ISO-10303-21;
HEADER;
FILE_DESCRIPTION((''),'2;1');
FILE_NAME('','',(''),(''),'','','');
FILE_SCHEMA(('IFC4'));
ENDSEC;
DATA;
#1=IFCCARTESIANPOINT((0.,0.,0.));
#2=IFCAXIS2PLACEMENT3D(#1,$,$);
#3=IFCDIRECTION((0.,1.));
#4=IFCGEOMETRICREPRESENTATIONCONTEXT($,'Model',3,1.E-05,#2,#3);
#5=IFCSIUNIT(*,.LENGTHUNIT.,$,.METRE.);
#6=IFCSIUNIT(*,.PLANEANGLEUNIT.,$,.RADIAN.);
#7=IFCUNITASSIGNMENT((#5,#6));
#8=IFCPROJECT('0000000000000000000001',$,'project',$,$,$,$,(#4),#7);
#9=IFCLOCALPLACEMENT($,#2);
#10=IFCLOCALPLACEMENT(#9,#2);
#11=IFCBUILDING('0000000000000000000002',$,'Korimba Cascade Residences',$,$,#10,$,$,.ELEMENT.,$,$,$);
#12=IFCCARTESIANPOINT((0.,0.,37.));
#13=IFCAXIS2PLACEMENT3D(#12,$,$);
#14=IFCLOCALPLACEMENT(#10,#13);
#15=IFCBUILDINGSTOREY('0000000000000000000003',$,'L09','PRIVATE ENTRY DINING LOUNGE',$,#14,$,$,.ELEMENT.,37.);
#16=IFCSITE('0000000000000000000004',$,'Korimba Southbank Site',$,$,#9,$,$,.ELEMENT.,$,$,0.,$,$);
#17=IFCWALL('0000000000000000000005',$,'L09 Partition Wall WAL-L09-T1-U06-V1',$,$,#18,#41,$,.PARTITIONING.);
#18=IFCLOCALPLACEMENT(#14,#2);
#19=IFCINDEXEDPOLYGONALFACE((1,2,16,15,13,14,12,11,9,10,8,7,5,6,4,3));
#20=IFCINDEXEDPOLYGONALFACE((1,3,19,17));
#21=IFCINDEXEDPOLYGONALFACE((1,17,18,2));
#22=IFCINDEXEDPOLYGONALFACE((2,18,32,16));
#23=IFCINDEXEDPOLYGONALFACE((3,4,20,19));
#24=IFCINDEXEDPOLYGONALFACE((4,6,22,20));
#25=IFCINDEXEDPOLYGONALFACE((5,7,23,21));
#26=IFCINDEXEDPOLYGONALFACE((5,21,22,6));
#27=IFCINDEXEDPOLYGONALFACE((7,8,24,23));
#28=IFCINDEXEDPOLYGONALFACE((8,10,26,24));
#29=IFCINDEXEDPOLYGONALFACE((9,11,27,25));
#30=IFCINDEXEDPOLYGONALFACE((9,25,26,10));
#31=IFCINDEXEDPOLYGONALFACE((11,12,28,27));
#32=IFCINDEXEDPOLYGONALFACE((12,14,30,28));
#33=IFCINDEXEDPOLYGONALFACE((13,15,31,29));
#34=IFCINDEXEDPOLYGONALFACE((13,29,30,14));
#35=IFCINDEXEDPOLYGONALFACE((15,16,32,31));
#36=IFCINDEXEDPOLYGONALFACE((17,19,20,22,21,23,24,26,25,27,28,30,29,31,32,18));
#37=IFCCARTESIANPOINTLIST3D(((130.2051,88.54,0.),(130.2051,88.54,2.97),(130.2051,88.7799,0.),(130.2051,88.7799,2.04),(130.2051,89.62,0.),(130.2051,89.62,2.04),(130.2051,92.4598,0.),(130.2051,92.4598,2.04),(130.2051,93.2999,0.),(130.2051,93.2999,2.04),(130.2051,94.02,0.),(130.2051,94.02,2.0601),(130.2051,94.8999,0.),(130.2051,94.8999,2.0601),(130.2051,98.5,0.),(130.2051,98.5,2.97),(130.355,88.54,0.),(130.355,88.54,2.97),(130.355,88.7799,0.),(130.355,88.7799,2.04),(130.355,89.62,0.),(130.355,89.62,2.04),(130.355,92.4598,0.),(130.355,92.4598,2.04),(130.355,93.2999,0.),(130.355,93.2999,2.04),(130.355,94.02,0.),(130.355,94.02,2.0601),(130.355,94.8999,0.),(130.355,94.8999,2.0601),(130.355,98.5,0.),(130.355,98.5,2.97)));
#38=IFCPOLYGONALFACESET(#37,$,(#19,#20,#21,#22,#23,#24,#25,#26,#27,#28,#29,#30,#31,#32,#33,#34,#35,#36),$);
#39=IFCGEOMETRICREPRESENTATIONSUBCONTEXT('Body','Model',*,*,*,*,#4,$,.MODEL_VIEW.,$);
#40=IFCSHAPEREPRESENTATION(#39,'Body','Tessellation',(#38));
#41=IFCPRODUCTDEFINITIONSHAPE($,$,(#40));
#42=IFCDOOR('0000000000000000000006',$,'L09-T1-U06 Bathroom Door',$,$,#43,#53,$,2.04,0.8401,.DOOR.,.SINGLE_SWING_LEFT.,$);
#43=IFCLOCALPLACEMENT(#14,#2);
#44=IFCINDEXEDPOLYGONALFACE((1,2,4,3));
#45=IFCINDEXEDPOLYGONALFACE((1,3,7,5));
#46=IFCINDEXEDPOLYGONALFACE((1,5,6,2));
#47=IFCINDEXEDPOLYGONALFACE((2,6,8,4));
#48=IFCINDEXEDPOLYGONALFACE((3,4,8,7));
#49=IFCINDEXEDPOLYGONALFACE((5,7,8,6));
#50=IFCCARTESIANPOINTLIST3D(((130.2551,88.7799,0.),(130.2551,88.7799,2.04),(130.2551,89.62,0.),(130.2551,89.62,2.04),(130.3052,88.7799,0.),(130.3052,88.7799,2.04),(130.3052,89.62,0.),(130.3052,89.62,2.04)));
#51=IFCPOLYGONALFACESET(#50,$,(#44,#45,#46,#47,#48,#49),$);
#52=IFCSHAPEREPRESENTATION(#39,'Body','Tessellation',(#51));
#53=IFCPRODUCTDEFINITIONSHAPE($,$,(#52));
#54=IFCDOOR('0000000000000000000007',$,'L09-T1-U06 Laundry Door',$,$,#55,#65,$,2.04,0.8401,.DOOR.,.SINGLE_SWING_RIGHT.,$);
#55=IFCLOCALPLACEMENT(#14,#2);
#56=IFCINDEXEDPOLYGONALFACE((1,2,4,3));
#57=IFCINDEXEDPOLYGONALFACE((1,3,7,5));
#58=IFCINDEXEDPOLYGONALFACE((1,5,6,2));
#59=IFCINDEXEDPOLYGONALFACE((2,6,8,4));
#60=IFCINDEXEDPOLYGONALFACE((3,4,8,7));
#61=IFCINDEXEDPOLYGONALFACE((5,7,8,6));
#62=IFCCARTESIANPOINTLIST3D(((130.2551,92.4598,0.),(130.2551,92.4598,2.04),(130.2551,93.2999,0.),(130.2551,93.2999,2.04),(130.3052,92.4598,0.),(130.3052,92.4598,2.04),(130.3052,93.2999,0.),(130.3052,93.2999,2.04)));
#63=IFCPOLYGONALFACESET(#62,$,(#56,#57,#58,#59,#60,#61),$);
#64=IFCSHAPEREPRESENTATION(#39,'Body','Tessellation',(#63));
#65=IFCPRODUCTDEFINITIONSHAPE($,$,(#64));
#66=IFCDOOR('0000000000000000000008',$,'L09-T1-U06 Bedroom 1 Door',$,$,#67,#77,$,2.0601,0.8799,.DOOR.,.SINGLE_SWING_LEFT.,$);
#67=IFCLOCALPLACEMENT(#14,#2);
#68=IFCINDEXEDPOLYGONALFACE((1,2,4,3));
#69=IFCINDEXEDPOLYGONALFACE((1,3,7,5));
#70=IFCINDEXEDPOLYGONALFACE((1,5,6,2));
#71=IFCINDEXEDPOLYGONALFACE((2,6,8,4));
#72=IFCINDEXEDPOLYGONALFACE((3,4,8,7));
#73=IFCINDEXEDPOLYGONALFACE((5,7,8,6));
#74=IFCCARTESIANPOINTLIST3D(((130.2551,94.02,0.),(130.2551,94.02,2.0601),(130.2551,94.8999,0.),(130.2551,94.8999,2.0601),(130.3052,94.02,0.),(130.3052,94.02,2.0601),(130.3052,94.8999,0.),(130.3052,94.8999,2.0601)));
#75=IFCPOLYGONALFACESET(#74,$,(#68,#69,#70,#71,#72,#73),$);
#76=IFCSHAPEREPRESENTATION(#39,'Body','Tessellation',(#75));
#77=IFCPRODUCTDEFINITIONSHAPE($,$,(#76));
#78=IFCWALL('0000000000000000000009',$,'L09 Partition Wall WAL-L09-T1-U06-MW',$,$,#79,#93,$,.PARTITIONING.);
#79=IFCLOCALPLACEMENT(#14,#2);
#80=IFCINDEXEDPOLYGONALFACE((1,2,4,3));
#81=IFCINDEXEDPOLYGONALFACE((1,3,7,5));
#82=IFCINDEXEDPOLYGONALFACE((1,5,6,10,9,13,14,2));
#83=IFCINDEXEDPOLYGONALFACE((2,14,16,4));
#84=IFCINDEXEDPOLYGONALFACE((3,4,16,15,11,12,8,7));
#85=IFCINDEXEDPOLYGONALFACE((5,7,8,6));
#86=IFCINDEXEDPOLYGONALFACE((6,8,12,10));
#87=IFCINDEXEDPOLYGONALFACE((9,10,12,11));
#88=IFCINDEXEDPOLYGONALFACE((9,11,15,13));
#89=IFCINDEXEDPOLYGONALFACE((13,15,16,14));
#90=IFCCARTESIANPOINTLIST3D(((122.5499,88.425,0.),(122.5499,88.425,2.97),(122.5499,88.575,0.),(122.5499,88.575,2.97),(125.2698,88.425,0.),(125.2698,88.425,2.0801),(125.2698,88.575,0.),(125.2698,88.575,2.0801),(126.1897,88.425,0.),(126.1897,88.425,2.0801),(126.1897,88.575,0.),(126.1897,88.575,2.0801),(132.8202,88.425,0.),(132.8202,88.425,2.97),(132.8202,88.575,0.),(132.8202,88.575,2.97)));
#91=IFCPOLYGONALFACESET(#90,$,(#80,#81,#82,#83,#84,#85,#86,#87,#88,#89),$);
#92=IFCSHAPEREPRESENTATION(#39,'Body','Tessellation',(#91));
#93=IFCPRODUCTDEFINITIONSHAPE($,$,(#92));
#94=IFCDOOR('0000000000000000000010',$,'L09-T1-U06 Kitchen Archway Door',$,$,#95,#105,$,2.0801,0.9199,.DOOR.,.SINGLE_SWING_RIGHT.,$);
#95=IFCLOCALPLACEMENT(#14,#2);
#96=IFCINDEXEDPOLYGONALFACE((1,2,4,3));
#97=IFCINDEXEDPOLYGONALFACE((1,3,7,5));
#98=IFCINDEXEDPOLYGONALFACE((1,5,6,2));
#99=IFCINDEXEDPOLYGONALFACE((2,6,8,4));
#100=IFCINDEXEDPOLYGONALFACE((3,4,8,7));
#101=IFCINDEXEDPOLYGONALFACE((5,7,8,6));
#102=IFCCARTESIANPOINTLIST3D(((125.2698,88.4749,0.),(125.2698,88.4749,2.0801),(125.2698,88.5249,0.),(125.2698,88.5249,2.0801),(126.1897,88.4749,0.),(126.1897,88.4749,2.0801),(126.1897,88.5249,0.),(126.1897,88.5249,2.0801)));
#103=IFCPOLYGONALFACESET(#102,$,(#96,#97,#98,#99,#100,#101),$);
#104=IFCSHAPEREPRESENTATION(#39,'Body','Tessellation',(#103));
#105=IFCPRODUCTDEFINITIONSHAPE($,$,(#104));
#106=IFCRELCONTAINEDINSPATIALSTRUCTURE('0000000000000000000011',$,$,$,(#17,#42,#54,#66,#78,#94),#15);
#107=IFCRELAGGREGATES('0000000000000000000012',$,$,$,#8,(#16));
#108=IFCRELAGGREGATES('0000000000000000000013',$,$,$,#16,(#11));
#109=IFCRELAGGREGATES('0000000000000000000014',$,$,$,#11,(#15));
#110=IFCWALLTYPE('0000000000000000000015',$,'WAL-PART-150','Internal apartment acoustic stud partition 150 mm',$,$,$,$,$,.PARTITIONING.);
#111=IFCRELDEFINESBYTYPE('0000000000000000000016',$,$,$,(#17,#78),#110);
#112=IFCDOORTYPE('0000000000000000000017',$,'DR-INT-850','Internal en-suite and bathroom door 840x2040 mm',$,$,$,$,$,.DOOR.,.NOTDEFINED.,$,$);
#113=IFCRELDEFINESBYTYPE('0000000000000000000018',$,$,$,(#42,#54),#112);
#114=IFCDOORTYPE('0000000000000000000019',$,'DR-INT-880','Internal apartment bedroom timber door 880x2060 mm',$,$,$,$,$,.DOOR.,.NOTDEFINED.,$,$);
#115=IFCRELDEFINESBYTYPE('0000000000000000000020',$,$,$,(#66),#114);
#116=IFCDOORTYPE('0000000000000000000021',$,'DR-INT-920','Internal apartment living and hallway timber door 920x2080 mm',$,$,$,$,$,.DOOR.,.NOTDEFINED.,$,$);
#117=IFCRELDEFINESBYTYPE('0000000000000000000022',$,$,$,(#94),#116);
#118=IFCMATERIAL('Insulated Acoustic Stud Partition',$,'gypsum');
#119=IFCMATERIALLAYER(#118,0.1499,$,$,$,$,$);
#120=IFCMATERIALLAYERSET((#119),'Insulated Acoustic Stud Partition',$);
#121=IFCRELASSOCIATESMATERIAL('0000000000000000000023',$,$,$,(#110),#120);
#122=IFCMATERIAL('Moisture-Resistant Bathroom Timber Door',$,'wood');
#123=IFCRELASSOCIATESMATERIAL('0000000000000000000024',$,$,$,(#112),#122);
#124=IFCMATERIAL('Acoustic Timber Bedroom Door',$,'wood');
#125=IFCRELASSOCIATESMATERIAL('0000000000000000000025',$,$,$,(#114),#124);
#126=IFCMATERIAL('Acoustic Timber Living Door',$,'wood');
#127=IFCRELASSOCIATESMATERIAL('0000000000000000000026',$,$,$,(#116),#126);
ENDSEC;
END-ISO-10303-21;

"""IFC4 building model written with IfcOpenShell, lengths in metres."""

from ifc_helpers import new_model, si_unit, direction, frame, frame_2d, origin, place, context, subcontext, project, spatial, rectangle, extrude, material, layer, layer_set, type_object, element, fill, save


model = new_model("IFC4")

# Units and contexts
model_context = context("Model", 3, precision=1e-05, world=origin(), true_north=direction((0.0, 1.0)))
body_context = subcontext(model_context, "Body", "Model", "MODEL_VIEW")
ifc_project = project(units=[si_unit("LENGTHUNIT", "METRE"), si_unit("PLANEANGLEUNIT", "RADIAN")], contexts=[model_context])

# Site, building, storey
site_placement = place(None, origin())
site = spatial("IfcSite", under=ifc_project, at=site_placement, Name="Korimba Southbank Site", CompositionType="ELEMENT", RefElevation=0.0)
building_placement = place(site_placement, origin())
building = spatial("IfcBuilding", under=site, at=building_placement, Name="Korimba Cascade Residences", CompositionType="ELEMENT")
storey_placement = place(building_placement, frame((0.0, 0.0, 37.0)))
storey = spatial("IfcBuildingStorey", under=building, at=storey_placement, Name="L09", Description="PRIVATE ENTRY DINING LOUNGE", CompositionType="ELEMENT", Elevation=37.0)

# Shared definitions
ifc_material_1 = material(Name="Insulated Acoustic Stud Partition", Category="gypsum")
ifc_layer_1 = layer(ifc_material_1, 0.1499)
ifc_layer_set_1 = layer_set([ifc_layer_1], Name="Insulated Acoustic Stud Partition")
wall_type_1 = type_object("IfcWallType", Name="WAL-PART-150", Description="Internal apartment acoustic stud partition 150 mm", PredefinedType="PARTITIONING", material=ifc_layer_set_1)
ifc_material_2 = material(Name="Moisture-Resistant Bathroom Timber Door", Category="wood")
door_type_1 = type_object("IfcDoorType", Name="DR-INT-850", Description="Internal en-suite and bathroom door 840x2040 mm", OperationType="NOTDEFINED", PredefinedType="DOOR", material=ifc_material_2)
ifc_material_3 = material(Name="Acoustic Timber Bedroom Door", Category="wood")
door_type_2 = type_object("IfcDoorType", Name="DR-INT-880", Description="Internal apartment bedroom timber door 880x2060 mm", OperationType="NOTDEFINED", PredefinedType="DOOR", material=ifc_material_3)

# Wall, openings, doors
wall_1_placement = place(storey_placement, frame((130.28, 88.54, 0.0), z_axis=(0.0, 0.0, 1.0), x_axis=(0.0, 1.0, 0.0)))
wall_1 = element("IfcWall", 1, at=wall_1_placement, inside=storey, type_object=wall_type_1, Name="L09 Partition Wall WAL-L09-T1-U06-V1", PredefinedType="PARTITIONING", context=body_context, shape_type="SweptSolid", body=[
    extrude(rectangle(XDim=9.96, YDim=0.1499, at=frame_2d((4.98, 0.0))), origin(), (0.0, 0.0, 1.0), 2.97),
])
opening_1_placement = place(wall_1_placement, frame((0.24, 0.0, 0.0)))
opening_1 = element("IfcOpeningElement", 2, at=opening_1_placement, cuts=wall_1, PredefinedType="OPENING", context=body_context, shape_type="SweptSolid", body=[
    extrude(rectangle(XDim=0.8401, YDim=2.04, at=frame_2d((0.4199, 1.02))), frame((0.0, 0.085, 0.0), z_axis=(0.0, -1.0, 0.0), x_axis=(1.0, 0.0, 0.0)), (0.0, 0.0, 1.0), 0.1699),
])
opening_2_placement = place(wall_1_placement, frame((3.9199, 0.0, 0.0)))
opening_2 = element("IfcOpeningElement", 3, at=opening_2_placement, cuts=wall_1, PredefinedType="OPENING", context=body_context, shape_type="SweptSolid", body=[
    extrude(rectangle(XDim=0.8401, YDim=2.04, at=frame_2d((0.4199, 1.02))), frame((0.0, 0.085, 0.0), z_axis=(0.0, -1.0, 0.0), x_axis=(1.0, 0.0, 0.0)), (0.0, 0.0, 1.0), 0.1699),
])
opening_3_placement = place(wall_1_placement, frame((5.48, 0.0, 0.0)))
opening_3 = element("IfcOpeningElement", 4, at=opening_3_placement, cuts=wall_1, PredefinedType="OPENING", context=body_context, shape_type="SweptSolid", body=[
    extrude(rectangle(XDim=0.8799, YDim=2.0601, at=frame_2d((0.4399, 1.03))), frame((0.0, 0.085, 0.0), z_axis=(0.0, -1.0, 0.0), x_axis=(1.0, 0.0, 0.0)), (0.0, 0.0, 1.0), 0.1699),
])
door_1_placement = place(opening_1_placement, origin())
door_1 = element("IfcDoor", 5, at=door_1_placement, inside=storey, type_object=door_type_1, Name="L09-T1-U06 Bathroom Door", OperationType="SINGLE_SWING_LEFT", OverallHeight=2.04, OverallWidth=0.8401, PredefinedType="DOOR", context=body_context, shape_type="SweptSolid", body=[
    extrude(rectangle(XDim=0.8401, YDim=2.04, at=frame_2d((0.4199, 1.02))), frame((0.0, 0.0249, 0.0), z_axis=(0.0, -1.0, 0.0), x_axis=(1.0, 0.0, 0.0)), (0.0, 0.0, 1.0), 0.05),
])
fill(opening_1, door_1)
door_2_placement = place(opening_2_placement, origin())
door_2 = element("IfcDoor", 6, at=door_2_placement, inside=storey, type_object=door_type_1, Name="L09-T1-U06 Laundry Door", OperationType="SINGLE_SWING_RIGHT", OverallHeight=2.04, OverallWidth=0.8401, PredefinedType="DOOR", context=body_context, shape_type="SweptSolid", body=[
    extrude(rectangle(XDim=0.8401, YDim=2.04, at=frame_2d((0.4199, 1.02))), frame((0.0, 0.0249, 0.0), z_axis=(0.0, -1.0, 0.0), x_axis=(1.0, 0.0, 0.0)), (0.0, 0.0, 1.0), 0.05),
])
fill(opening_2, door_2)
door_3_placement = place(opening_3_placement, origin())
door_3 = element("IfcDoor", 7, at=door_3_placement, inside=storey, type_object=door_type_2, Name="L09-T1-U06 Bedroom 1 Door", OperationType="SINGLE_SWING_LEFT", OverallHeight=2.0601, OverallWidth=0.8799, PredefinedType="DOOR", context=body_context, shape_type="SweptSolid", body=[
    extrude(rectangle(XDim=0.8799, YDim=2.0601, at=frame_2d((0.4399, 1.03))), frame((0.0, 0.0249, 0.0), z_axis=(0.0, -1.0, 0.0), x_axis=(1.0, 0.0, 0.0)), (0.0, 0.0, 1.0), 0.05),
])
fill(opening_3, door_3)

# Wall, opening, door
wall_2_placement = place(storey_placement, frame((122.5498, 88.5, 0.0), z_axis=(0.0, 0.0, 1.0), x_axis=(1.0, 0.0, 0.0)))
wall_2 = element("IfcWall", 8, at=wall_2_placement, inside=storey, type_object=wall_type_1, Name="L09 Partition Wall WAL-L09-T1-U06-MW", PredefinedType="PARTITIONING", context=body_context, shape_type="SweptSolid", body=[
    extrude(rectangle(XDim=10.2703, YDim=0.1499, at=frame_2d((5.1353, 0.0))), origin(), (0.0, 0.0, 1.0), 2.97),
])
opening_4_placement = place(wall_2_placement, frame((2.72, 0.0, 0.0)))
opening_4 = element("IfcOpeningElement", 9, at=opening_4_placement, cuts=wall_2, PredefinedType="OPENING", context=body_context, shape_type="SweptSolid", body=[
    extrude(rectangle(XDim=0.9199, YDim=2.0801, at=frame_2d((0.46, 1.04))), frame((0.0, 0.085, 0.0), z_axis=(0.0, -1.0, 0.0), x_axis=(1.0, 0.0, 0.0)), (0.0, 0.0, 1.0), 0.1699),
])
ifc_material_4 = material(Name="Acoustic Timber Living Door", Category="wood")
door_type_3 = type_object("IfcDoorType", Name="DR-INT-920", Description="Internal apartment living and hallway timber door 920x2080 mm", OperationType="NOTDEFINED", PredefinedType="DOOR", material=ifc_material_4)
door_4_placement = place(opening_4_placement, origin())
door_4 = element("IfcDoor", 10, at=door_4_placement, inside=storey, type_object=door_type_3, Name="L09-T1-U06 Kitchen Archway Door", OperationType="SINGLE_SWING_RIGHT", OverallHeight=2.0801, OverallWidth=0.9199, PredefinedType="DOOR", context=body_context, shape_type="SweptSolid", body=[
    extrude(rectangle(XDim=0.9199, YDim=2.0801, at=frame_2d((0.46, 1.04))), frame((0.0, 0.0249, 0.0), z_axis=(0.0, -1.0, 0.0), x_axis=(1.0, 0.0, 0.0)), (0.0, 0.0, 1.0), 0.05),
])
fill(opening_4, door_4)

save(model, "model.ifc")
